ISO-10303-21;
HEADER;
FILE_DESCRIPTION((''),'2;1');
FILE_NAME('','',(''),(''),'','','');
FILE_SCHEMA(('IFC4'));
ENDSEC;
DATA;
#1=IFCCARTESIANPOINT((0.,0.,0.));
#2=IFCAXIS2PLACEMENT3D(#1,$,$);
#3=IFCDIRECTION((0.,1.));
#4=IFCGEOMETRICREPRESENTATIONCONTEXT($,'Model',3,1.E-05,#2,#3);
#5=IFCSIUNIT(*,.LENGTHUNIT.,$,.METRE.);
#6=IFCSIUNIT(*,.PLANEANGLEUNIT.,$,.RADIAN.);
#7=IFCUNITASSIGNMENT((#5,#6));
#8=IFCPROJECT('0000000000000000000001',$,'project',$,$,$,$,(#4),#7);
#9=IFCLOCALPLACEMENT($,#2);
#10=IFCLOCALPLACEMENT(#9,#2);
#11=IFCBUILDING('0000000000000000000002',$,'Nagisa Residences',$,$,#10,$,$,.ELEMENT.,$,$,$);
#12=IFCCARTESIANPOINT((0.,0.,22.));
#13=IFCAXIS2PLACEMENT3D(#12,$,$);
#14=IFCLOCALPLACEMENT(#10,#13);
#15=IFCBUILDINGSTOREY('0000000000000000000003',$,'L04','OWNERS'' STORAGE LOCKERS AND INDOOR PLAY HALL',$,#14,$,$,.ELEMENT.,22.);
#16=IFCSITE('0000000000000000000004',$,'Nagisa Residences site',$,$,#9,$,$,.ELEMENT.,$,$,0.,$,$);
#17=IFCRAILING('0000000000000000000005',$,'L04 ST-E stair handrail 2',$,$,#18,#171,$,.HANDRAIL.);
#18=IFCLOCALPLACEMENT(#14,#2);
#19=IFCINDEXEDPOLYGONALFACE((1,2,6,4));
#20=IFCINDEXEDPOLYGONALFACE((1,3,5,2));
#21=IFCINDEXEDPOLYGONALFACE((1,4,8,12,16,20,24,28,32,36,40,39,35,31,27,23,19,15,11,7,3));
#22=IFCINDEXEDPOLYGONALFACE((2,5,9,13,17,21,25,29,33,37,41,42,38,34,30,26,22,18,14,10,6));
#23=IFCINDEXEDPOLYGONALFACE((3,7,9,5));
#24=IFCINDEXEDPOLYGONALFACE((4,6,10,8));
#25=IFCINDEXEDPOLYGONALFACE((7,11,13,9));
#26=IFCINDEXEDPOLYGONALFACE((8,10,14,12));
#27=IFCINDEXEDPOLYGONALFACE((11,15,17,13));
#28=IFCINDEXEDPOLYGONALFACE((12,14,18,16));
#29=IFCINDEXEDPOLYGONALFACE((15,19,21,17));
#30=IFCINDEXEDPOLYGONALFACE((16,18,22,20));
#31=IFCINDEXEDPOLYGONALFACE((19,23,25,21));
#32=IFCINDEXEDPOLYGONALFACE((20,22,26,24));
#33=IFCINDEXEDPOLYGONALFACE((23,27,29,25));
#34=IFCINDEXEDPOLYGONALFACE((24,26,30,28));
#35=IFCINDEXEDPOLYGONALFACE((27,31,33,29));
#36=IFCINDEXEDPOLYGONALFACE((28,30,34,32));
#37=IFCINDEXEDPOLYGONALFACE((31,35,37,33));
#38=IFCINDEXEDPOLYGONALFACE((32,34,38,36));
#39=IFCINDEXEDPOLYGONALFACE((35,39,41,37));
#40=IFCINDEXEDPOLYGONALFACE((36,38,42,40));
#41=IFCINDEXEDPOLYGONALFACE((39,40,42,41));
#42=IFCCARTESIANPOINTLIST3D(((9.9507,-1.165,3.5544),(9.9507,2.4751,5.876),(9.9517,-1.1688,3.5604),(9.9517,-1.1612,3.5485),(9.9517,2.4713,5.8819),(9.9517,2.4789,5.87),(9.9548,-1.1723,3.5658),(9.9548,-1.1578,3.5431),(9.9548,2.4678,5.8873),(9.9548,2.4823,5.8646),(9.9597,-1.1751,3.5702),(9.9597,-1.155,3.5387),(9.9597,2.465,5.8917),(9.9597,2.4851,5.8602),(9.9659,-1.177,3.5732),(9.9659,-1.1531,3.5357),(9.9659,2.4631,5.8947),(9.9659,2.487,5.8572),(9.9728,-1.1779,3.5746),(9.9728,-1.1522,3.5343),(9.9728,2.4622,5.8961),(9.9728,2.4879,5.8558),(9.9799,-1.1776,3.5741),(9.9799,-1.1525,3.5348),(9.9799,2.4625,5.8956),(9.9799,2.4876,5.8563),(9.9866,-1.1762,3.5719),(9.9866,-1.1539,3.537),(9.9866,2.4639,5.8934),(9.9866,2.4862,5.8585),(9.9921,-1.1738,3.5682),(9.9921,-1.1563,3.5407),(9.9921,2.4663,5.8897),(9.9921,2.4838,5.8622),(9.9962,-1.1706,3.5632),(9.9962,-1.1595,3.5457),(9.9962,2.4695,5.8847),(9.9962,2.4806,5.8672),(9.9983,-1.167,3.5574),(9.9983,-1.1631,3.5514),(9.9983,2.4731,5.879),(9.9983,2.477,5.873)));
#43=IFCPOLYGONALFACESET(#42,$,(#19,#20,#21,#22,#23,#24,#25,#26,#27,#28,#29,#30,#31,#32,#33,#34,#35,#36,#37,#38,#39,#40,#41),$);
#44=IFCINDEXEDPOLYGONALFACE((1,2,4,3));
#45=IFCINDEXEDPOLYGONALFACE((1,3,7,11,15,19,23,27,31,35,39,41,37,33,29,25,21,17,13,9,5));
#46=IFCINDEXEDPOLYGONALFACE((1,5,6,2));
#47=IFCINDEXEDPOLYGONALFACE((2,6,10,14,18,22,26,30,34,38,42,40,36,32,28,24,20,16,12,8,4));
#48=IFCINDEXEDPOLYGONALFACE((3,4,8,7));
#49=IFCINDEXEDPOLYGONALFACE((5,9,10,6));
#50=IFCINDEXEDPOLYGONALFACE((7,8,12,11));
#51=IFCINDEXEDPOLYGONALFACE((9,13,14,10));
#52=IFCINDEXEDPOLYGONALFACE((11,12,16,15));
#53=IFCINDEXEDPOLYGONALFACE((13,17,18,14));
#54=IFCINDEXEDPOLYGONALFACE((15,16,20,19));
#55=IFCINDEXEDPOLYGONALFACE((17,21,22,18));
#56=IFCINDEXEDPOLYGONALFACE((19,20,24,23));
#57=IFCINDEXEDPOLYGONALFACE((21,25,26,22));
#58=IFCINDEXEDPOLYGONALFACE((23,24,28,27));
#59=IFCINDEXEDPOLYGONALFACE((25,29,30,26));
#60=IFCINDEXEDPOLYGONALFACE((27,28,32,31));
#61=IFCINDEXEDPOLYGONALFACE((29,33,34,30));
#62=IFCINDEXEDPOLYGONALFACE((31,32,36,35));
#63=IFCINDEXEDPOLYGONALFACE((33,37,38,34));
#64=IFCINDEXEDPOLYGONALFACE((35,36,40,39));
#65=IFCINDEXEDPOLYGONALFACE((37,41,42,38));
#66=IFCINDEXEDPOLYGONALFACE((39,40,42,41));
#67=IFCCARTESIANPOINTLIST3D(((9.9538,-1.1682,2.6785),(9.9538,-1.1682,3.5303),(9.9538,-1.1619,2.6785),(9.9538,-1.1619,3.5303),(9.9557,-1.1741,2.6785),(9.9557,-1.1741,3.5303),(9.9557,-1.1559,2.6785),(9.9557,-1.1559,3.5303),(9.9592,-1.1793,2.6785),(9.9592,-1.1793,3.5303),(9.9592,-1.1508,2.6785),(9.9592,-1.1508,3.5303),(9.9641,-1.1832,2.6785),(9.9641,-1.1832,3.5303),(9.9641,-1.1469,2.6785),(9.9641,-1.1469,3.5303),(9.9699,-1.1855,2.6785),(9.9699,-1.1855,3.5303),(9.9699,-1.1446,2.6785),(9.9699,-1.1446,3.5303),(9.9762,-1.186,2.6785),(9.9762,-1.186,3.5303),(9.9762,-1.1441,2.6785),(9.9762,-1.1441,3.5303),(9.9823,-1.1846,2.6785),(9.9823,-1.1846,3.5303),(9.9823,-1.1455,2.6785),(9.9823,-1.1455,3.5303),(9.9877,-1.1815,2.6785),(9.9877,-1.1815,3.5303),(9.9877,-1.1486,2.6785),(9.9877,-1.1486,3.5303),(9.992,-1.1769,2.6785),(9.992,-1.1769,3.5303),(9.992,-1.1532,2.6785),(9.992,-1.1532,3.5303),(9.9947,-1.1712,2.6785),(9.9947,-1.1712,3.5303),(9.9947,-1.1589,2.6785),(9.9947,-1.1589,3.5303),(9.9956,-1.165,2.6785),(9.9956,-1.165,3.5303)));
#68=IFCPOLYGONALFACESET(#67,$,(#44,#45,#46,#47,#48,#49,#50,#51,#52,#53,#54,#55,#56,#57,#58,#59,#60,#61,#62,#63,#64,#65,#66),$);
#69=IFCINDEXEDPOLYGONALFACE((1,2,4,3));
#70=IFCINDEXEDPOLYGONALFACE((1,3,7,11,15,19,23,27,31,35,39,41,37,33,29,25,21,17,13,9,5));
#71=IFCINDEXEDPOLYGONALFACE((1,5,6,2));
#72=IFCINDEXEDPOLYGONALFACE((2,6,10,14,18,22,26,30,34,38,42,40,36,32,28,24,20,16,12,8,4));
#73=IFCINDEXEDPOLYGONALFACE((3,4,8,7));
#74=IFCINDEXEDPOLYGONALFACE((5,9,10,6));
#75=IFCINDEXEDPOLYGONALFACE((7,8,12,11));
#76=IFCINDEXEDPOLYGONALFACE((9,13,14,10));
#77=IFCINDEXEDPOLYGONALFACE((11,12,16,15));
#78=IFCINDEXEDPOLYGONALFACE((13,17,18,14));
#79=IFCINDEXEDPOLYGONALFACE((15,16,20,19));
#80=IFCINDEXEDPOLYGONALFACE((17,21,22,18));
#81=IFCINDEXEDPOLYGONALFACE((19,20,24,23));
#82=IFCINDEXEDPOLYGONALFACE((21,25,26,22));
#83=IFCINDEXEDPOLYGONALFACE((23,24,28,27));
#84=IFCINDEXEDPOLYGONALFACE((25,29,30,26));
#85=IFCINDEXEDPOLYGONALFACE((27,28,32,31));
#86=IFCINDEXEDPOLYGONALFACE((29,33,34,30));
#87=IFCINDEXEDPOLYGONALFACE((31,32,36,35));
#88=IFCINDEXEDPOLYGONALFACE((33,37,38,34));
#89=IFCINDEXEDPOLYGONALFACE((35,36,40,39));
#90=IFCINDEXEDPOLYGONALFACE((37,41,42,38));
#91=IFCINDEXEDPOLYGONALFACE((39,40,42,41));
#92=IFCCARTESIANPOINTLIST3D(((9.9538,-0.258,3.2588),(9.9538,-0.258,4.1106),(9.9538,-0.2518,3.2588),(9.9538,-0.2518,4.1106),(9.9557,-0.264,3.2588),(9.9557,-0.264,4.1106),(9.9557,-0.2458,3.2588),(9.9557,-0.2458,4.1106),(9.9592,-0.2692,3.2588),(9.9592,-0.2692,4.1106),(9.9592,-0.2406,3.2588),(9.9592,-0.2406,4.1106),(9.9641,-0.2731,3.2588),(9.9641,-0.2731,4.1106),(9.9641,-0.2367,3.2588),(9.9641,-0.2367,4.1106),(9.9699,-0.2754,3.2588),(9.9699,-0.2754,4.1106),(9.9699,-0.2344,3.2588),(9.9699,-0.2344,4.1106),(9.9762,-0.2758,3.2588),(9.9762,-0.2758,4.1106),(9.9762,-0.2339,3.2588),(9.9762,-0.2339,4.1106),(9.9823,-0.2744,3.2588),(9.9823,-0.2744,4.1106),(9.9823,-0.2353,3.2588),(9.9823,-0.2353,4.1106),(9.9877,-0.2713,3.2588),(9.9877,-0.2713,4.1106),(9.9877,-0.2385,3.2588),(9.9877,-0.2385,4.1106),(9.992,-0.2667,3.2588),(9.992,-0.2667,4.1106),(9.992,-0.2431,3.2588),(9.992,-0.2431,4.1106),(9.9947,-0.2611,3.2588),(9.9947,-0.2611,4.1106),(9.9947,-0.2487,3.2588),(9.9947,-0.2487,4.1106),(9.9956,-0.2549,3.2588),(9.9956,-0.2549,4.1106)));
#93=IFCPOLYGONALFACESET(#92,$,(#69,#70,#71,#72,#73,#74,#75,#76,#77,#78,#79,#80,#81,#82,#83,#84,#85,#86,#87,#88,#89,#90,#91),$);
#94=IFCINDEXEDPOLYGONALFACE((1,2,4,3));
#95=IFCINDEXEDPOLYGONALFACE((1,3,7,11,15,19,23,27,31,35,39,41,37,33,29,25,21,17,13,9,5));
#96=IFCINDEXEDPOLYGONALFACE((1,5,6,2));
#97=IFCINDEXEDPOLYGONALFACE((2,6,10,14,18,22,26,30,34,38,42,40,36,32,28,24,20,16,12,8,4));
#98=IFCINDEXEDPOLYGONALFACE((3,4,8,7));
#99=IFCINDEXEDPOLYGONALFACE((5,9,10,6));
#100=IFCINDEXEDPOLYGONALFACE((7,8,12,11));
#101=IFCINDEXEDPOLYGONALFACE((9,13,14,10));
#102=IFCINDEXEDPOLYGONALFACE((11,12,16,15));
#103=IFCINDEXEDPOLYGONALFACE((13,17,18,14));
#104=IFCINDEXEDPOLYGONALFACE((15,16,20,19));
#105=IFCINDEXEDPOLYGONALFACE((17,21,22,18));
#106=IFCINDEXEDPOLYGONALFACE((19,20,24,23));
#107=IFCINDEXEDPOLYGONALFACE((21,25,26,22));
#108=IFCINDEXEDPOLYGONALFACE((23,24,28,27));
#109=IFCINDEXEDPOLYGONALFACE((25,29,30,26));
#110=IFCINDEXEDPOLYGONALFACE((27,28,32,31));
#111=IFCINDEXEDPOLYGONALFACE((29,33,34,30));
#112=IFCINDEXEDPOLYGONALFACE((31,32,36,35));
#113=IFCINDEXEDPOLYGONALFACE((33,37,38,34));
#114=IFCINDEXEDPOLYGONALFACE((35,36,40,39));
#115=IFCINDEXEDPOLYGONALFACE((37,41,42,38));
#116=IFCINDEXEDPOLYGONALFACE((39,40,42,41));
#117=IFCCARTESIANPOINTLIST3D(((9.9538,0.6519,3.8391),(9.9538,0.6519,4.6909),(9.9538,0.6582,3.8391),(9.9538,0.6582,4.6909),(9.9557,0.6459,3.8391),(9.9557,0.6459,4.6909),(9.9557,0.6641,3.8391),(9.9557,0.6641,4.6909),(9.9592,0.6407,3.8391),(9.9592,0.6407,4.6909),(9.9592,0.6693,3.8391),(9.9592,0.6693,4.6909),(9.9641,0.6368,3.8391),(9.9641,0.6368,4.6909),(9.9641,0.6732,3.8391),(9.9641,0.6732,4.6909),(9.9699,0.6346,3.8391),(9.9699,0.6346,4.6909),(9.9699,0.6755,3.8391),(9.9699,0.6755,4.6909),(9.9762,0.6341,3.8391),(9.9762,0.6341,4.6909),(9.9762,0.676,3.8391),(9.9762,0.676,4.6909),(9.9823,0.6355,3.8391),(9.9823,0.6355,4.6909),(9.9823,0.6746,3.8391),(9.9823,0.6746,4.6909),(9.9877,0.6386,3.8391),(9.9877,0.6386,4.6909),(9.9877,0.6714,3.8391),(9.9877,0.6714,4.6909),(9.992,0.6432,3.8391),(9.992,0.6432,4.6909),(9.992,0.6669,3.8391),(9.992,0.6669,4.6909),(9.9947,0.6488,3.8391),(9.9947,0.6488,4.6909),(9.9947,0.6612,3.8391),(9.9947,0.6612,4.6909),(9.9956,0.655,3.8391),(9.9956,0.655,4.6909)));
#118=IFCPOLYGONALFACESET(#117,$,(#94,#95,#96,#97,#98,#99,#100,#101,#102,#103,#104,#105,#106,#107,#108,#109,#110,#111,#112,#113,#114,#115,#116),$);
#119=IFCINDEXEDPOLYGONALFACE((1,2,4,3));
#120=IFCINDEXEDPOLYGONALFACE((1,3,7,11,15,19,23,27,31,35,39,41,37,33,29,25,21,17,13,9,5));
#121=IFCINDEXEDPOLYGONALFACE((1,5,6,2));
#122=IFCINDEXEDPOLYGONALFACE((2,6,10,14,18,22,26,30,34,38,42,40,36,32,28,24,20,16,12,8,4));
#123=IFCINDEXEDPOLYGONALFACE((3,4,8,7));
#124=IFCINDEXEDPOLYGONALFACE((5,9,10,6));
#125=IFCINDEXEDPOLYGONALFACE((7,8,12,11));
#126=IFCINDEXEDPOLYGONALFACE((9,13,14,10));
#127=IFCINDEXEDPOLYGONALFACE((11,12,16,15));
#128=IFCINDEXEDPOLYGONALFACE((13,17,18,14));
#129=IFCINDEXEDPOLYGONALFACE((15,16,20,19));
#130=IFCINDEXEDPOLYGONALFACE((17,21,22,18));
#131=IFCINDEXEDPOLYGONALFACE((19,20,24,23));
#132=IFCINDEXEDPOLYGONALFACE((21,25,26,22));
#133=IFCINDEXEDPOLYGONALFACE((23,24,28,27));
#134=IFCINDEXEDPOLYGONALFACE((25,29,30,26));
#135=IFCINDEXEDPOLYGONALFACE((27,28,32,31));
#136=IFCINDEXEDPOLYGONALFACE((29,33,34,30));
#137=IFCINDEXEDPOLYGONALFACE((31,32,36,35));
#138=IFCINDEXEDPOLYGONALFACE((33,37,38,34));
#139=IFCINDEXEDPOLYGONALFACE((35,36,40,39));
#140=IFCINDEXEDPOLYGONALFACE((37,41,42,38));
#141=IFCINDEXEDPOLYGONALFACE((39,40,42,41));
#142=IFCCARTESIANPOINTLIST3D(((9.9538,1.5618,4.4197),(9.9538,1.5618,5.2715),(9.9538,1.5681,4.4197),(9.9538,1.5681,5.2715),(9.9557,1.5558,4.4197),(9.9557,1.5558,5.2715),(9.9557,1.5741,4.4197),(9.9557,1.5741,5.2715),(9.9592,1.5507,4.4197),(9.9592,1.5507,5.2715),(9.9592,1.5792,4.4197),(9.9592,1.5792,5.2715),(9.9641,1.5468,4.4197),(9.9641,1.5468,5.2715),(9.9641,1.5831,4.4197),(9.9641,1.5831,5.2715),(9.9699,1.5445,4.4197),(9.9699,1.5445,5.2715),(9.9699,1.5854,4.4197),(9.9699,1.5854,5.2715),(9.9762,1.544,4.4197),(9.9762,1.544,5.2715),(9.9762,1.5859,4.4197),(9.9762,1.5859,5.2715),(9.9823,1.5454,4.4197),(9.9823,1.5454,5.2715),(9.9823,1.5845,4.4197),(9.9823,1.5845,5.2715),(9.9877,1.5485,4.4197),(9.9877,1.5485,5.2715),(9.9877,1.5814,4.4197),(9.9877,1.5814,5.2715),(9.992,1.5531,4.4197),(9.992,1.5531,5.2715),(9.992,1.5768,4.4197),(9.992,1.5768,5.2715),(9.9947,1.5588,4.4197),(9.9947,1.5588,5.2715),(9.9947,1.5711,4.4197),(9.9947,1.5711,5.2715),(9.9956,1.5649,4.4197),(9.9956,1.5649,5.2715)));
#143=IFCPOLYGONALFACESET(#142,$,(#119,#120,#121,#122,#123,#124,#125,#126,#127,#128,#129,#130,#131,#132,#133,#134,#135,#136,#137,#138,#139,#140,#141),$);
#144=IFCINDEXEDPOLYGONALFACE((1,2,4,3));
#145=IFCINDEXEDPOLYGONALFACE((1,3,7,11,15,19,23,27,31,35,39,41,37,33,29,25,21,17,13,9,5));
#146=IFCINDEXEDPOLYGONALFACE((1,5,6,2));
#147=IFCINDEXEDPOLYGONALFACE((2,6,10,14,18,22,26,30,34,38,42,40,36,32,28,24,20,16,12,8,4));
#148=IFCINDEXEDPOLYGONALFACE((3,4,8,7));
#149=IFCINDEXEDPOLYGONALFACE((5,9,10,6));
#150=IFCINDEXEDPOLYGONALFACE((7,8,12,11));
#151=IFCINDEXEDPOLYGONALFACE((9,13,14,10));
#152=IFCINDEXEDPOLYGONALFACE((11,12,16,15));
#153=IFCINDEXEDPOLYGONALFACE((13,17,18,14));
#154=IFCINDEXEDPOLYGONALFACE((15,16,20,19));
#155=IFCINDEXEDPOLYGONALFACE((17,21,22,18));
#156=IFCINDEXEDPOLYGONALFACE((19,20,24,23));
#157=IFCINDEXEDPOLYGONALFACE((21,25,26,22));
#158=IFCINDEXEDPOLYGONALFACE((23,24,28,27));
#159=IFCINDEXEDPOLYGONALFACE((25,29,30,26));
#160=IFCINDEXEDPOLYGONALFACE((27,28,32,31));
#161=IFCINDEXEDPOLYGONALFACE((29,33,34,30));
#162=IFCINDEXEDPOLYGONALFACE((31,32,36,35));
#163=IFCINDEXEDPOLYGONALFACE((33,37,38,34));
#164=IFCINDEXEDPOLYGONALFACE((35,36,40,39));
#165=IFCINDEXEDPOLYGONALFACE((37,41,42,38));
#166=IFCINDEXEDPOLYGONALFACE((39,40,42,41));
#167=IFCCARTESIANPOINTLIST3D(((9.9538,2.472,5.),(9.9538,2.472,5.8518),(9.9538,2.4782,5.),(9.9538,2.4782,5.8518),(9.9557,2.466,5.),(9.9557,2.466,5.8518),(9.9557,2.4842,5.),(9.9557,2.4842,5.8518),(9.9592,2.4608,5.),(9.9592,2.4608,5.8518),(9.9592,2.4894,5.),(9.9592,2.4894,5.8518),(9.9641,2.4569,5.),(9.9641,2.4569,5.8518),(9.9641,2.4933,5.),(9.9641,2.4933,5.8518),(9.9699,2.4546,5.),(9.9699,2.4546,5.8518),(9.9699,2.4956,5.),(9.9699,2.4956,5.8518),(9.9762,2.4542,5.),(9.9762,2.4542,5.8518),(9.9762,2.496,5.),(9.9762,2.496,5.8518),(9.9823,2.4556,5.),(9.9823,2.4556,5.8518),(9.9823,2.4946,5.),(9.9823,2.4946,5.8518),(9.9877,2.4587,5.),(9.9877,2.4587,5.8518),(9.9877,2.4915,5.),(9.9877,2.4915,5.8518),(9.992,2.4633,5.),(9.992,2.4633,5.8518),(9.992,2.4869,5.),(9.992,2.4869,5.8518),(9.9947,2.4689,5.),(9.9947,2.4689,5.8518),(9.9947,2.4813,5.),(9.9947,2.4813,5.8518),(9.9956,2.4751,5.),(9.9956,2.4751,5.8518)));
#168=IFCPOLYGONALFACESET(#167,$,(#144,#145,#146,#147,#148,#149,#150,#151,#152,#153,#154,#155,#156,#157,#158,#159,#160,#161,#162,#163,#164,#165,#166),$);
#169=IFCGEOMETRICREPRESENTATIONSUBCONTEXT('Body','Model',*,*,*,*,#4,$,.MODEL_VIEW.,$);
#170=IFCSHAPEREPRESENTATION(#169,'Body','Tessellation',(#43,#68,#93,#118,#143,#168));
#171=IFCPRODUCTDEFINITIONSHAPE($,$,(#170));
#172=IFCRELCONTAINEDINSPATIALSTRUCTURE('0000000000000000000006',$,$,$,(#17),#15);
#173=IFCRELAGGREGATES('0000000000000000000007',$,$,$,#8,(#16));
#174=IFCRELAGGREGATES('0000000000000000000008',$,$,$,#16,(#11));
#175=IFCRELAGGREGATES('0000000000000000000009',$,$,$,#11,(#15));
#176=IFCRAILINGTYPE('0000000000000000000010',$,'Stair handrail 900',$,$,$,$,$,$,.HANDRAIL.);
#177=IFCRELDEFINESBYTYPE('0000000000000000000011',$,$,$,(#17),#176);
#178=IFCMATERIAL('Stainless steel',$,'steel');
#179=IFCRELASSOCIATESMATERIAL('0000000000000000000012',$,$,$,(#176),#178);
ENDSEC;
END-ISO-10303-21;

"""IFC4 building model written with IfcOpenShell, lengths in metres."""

from ifc_helpers import new_model, si_unit, direction, frame, origin, origin_2d, place, context, subcontext, project, spatial, circle, extrude, material, type_object, element, save


model = new_model("IFC4")

# Units and contexts
model_context = context("Model", 3, precision=1e-05, world=origin(), true_north=direction((0.0, 1.0)))
body_context = subcontext(model_context, "Body", "Model", "MODEL_VIEW")
ifc_project = project(units=[si_unit("LENGTHUNIT", "METRE"), si_unit("PLANEANGLEUNIT", "RADIAN")], contexts=[model_context])

# Site, building, storey
site_placement = place(None, origin())
site = spatial("IfcSite", under=ifc_project, at=site_placement, Name="Nagisa Residences site", CompositionType="ELEMENT", RefElevation=0.0)
building_placement = place(site_placement, origin())
building = spatial("IfcBuilding", under=site, at=building_placement, Name="Nagisa Residences", CompositionType="ELEMENT")
storey_placement = place(building_placement, frame((0.0, 0.0, 22.0)))
storey = spatial("IfcBuildingStorey", under=building, at=storey_placement, Name="L04", Description="OWNERS' STORAGE LOCKERS AND INDOOR PLAY HALL", CompositionType="ELEMENT", Elevation=22.0)

# Railing
ifc_material_1 = material(Name="Stainless steel", Category="steel")
railing_type_1 = type_object("IfcRailingType", Name="Stair handrail 900", PredefinedType="HANDRAIL", material=ifc_material_1)
railing_1_placement = place(storey_placement, frame((9.9746, -1.165, 2.6785)))
element("IfcRailing", 1, at=railing_1_placement, inside=storey, type_object=railing_type_1, Name="L04 ST-E stair handrail 2", PredefinedType="HANDRAIL", context=body_context, shape_type="SweptSolid", body=[
    extrude(circle(Radius=0.0239, at=origin_2d()), frame((0.0, 0.0, 0.876), z_axis=(0.0, 0.843128, 0.537713), x_axis=(-1.0, 0.0, 0.0)), (0.0, 0.0, 1.0), 4.3174),
    extrude(circle(Radius=0.021, at=origin_2d()), origin(), (0.0, 0.0, 1.0), 0.8518),
    extrude(circle(Radius=0.021, at=origin_2d()), frame((0.0, 0.9102, 0.5803)), (0.0, 0.0, 1.0), 0.8518),
    extrude(circle(Radius=0.021, at=origin_2d()), frame((0.0, 1.8201, 1.1606)), (0.0, 0.0, 1.0), 0.8518),
    extrude(circle(Radius=0.021, at=origin_2d()), frame((0.0, 2.73, 1.7412)), (0.0, 0.0, 1.0), 0.8518),
    extrude(circle(Radius=0.021, at=origin_2d()), frame((0.0, 3.6401, 2.3215)), (0.0, 0.0, 1.0), 0.8518),
])

save(model, "model.ifc")
